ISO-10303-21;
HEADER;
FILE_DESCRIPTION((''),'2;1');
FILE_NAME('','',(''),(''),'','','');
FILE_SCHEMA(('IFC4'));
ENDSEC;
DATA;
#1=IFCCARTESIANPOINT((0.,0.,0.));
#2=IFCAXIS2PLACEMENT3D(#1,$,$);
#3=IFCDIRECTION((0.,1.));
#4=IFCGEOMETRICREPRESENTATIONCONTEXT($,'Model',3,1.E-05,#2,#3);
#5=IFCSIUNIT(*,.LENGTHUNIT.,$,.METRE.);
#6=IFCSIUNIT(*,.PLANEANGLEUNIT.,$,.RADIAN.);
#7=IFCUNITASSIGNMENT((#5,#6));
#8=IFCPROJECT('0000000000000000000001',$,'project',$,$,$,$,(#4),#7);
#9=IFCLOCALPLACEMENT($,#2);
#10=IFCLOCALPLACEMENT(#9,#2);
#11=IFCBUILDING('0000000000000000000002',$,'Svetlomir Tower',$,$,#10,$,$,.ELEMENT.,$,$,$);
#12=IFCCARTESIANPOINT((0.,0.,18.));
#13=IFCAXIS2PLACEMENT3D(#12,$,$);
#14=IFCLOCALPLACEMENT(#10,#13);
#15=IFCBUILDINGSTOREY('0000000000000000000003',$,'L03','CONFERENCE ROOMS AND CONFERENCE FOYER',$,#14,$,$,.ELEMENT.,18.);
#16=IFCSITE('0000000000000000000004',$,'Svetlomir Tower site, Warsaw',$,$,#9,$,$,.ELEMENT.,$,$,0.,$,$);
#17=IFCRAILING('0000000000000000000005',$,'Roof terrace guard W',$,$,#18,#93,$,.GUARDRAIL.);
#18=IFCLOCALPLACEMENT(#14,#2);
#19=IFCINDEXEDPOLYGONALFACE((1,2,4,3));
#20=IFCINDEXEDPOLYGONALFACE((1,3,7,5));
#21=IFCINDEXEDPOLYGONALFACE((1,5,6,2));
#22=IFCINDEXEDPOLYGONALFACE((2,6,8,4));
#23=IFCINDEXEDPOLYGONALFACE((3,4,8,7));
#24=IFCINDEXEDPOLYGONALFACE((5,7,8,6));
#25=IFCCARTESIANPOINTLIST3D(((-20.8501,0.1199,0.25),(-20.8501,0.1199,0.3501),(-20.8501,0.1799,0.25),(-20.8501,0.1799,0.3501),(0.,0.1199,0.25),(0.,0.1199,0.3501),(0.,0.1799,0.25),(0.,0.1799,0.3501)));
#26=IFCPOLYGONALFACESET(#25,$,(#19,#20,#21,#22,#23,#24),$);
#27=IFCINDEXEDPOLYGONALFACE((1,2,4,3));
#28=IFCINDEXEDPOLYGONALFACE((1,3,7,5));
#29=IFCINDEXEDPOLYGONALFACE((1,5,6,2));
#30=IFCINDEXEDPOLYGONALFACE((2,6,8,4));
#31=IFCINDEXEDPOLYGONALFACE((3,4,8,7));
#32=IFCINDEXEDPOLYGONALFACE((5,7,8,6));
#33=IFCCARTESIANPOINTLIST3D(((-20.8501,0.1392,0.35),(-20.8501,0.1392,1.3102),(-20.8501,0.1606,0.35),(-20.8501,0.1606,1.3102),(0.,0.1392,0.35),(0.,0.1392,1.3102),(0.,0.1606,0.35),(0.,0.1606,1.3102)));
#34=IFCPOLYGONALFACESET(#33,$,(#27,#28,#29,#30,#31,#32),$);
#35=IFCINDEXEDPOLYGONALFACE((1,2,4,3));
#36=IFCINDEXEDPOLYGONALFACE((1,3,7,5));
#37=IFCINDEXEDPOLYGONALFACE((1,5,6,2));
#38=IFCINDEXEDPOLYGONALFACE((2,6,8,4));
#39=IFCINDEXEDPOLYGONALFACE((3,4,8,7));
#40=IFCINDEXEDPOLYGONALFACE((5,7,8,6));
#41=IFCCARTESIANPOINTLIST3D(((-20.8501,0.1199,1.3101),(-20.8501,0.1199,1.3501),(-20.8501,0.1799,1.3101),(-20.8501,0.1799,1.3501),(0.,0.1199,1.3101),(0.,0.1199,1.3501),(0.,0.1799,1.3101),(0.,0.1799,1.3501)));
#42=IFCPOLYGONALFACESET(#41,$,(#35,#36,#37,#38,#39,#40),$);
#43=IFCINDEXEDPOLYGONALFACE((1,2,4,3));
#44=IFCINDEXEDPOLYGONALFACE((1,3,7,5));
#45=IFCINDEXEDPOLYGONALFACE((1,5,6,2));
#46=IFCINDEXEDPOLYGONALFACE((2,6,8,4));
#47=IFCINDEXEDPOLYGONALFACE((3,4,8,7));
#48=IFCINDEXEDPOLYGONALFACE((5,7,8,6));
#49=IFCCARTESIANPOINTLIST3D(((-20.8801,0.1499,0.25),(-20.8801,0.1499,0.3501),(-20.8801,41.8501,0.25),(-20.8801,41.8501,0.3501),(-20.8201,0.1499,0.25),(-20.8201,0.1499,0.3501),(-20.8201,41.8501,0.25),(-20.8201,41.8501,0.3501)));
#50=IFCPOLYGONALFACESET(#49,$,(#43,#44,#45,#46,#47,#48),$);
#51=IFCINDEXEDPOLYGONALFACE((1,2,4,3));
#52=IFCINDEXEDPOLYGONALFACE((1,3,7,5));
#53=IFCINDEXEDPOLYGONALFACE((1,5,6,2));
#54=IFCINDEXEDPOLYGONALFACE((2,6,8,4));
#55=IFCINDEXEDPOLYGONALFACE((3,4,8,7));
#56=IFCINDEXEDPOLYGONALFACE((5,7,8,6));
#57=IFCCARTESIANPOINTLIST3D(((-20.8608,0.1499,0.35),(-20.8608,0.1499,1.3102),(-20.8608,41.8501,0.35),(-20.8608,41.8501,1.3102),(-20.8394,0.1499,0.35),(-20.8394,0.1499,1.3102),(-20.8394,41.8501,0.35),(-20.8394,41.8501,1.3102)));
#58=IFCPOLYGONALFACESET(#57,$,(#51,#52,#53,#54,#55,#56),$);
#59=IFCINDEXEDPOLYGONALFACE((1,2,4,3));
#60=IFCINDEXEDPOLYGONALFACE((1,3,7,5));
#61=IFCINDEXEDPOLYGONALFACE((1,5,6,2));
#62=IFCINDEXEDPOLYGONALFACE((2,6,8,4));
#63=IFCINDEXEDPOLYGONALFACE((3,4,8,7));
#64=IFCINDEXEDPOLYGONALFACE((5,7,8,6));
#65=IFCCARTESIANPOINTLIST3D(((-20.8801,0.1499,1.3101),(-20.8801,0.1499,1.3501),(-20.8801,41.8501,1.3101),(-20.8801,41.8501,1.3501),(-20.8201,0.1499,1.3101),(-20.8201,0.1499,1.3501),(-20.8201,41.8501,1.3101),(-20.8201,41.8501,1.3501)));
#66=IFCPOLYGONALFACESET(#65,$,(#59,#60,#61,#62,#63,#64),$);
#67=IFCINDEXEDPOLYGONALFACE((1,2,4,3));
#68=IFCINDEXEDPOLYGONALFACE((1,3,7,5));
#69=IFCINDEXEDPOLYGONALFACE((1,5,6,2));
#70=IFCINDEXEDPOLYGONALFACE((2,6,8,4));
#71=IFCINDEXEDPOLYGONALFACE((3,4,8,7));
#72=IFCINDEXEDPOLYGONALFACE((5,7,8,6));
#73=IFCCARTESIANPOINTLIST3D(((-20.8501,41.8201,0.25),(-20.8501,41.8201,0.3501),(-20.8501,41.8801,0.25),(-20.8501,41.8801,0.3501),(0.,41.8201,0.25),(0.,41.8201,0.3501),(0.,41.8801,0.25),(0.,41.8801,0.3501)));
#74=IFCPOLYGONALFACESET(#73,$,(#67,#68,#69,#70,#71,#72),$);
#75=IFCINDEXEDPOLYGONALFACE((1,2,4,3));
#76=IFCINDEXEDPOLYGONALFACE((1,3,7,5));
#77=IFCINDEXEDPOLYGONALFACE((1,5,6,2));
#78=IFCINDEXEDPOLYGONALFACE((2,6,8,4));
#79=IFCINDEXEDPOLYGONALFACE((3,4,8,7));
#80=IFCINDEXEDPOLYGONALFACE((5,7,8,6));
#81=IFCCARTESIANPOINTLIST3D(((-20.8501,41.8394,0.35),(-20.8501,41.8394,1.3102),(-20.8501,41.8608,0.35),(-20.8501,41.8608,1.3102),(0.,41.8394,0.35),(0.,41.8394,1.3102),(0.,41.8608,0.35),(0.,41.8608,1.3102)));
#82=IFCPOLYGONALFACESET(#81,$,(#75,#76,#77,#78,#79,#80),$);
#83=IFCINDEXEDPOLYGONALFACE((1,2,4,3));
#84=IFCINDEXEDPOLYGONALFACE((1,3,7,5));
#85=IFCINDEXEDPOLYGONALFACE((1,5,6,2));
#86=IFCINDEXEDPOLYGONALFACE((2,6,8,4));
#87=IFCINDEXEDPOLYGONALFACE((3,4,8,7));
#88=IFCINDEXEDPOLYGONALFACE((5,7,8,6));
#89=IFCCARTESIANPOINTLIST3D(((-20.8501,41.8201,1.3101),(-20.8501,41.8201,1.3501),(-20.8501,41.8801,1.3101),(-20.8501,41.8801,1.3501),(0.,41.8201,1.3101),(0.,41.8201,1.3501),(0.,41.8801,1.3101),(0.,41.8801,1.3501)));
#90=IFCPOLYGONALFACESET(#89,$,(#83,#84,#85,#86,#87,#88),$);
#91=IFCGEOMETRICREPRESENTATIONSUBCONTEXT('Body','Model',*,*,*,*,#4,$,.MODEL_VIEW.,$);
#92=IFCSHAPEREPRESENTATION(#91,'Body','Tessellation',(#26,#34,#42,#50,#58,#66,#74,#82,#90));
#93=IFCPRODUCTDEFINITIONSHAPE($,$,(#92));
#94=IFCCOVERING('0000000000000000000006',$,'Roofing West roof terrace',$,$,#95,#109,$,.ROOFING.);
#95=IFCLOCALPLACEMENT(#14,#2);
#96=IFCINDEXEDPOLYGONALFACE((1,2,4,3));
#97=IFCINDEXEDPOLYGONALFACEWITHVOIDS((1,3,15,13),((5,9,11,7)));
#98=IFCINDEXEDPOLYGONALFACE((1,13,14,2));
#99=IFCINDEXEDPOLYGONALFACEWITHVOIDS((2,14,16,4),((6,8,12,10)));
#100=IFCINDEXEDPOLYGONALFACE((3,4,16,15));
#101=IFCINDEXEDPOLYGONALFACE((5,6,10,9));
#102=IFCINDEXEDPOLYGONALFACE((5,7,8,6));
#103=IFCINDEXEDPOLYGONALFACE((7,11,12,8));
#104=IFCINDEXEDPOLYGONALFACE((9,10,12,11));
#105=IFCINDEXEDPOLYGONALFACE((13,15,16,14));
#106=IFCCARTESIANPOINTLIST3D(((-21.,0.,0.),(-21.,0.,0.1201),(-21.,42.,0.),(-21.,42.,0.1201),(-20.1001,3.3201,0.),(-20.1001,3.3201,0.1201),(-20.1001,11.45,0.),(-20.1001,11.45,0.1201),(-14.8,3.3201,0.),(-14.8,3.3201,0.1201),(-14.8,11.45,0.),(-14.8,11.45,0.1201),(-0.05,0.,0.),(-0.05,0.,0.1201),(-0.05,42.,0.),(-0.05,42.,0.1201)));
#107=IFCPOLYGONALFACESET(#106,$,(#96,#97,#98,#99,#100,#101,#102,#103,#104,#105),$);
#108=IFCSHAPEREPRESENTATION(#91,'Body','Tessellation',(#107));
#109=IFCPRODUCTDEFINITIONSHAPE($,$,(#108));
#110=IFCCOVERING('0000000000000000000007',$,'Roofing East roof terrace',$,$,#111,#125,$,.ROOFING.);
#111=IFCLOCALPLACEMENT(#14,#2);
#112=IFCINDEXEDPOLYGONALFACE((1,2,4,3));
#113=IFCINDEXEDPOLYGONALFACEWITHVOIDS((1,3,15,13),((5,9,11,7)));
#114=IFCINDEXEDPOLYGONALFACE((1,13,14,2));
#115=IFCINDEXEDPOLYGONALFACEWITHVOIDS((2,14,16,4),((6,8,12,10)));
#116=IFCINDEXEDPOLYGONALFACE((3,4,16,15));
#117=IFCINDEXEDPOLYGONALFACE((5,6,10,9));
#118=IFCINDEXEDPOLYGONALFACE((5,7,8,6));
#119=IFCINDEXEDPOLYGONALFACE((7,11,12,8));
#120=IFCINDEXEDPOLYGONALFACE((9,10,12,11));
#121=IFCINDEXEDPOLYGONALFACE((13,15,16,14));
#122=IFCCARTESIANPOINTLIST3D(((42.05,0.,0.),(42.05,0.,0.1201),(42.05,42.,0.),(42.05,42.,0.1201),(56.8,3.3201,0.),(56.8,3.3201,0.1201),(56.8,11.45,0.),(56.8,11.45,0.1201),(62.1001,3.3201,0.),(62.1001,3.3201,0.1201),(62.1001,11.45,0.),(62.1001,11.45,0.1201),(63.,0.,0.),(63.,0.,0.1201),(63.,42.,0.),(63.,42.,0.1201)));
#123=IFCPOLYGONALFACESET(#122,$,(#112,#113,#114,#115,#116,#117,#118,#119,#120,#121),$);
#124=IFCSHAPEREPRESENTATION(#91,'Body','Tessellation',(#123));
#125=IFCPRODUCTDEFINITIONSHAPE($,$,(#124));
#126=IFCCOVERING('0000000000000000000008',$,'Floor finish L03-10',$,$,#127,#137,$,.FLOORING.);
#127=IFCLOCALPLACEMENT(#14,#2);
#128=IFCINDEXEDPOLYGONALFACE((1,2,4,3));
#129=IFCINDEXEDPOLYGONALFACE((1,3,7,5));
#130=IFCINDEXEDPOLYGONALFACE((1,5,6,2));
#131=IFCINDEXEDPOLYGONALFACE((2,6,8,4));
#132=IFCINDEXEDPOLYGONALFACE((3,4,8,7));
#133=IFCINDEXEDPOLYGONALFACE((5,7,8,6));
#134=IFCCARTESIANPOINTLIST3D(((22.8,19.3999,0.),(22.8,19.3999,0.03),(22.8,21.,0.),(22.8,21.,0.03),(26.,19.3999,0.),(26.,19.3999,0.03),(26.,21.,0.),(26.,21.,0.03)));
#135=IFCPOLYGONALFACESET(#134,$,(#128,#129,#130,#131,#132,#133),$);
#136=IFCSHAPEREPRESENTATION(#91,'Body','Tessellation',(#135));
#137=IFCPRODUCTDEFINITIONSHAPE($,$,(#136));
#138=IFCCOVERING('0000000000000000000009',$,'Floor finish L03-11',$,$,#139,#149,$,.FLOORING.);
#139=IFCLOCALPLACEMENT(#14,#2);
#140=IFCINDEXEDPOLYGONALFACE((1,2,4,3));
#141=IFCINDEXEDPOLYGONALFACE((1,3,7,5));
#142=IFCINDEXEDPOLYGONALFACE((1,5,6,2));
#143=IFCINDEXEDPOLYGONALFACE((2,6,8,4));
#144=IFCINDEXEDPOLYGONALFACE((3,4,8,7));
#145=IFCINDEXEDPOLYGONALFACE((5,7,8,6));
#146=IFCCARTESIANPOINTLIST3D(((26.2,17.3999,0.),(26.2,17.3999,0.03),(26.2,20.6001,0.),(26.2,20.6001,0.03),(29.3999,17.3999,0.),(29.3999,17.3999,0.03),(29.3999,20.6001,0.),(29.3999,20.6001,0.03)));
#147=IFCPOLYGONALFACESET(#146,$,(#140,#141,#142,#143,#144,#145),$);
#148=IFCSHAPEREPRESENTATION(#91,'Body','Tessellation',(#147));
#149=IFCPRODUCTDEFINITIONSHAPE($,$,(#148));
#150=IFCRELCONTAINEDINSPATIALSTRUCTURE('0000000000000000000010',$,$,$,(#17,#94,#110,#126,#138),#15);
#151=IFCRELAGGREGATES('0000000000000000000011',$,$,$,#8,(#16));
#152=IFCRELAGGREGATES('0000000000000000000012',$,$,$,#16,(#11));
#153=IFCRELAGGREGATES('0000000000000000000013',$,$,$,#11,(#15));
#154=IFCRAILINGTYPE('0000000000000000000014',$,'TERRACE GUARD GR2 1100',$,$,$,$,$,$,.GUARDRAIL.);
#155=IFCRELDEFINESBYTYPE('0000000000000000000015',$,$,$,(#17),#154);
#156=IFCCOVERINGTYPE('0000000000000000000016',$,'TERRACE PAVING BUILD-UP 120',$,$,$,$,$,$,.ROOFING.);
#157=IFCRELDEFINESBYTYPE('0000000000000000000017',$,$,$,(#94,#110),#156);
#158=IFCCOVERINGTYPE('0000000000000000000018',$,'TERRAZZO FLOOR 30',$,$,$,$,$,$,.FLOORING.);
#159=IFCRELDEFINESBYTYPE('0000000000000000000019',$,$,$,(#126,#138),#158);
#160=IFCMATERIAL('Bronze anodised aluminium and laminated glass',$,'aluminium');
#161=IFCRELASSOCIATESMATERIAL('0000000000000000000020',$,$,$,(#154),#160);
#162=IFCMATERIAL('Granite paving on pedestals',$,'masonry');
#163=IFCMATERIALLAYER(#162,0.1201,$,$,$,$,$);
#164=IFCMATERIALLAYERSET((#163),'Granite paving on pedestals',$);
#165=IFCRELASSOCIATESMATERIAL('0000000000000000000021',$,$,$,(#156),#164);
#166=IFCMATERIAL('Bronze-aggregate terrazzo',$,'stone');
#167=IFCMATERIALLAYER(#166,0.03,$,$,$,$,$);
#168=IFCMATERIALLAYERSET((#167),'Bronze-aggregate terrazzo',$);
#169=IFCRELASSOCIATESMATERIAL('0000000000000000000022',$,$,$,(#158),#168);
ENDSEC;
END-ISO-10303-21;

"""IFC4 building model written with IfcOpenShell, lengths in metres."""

from ifc_helpers import new_model, si_unit, direction, frame, origin, origin_2d, place, context, subcontext, project, spatial, polyline, rectangle, outline, extrude, material, layer, layer_set, type_object, element, save


model = new_model("IFC4")

# Units and contexts
model_context = context("Model", 3, precision=1e-05, world=origin(), true_north=direction((0.0, 1.0)))
body_context = subcontext(model_context, "Body", "Model", "MODEL_VIEW")
ifc_project = project(units=[si_unit("LENGTHUNIT", "METRE"), si_unit("PLANEANGLEUNIT", "RADIAN")], contexts=[model_context])

# Site, building, storey
site_placement = place(None, origin())
site = spatial("IfcSite", under=ifc_project, at=site_placement, Name="Svetlomir Tower site, Warsaw", CompositionType="ELEMENT", RefElevation=0.0)
building_placement = place(site_placement, origin())
building = spatial("IfcBuilding", under=site, at=building_placement, Name="Svetlomir Tower", CompositionType="ELEMENT")
storey_placement = place(building_placement, frame((0.0, 0.0, 18.0)))
storey = spatial("IfcBuildingStorey", under=building, at=storey_placement, Name="L03", Description="CONFERENCE ROOMS AND CONFERENCE FOYER", CompositionType="ELEMENT", Elevation=18.0)

# Railing
ifc_material_1 = material(Name="Bronze anodised aluminium and laminated glass", Category="aluminium")
railing_type = type_object("IfcRailingType", Name="TERRACE GUARD GR2 1100", PredefinedType="GUARDRAIL", material=ifc_material_1)
railing_placement = place(storey_placement, frame((0.0, 0.1499, 0.25)))
element("IfcRailing", 1, at=railing_placement, inside=storey, type_object=railing_type, Name="Roof terrace guard W", PredefinedType="GUARDRAIL", context=body_context, shape_type="SweptSolid", body=[
    extrude(rectangle(XDim=0.0601, YDim=0.1001, at=origin_2d()), frame((0.0, 0.0, 0.05), z_axis=(-1.0, 0.0, 0.0), x_axis=(0.0, -1.0, 0.0)), (0.0, 0.0, 1.0), 20.8501),
    extrude(rectangle(XDim=0.0215, YDim=0.9602, at=origin_2d()), frame((0.0, 0.0, 0.5801), z_axis=(-1.0, 0.0, 0.0), x_axis=(0.0, -1.0, 0.0)), (0.0, 0.0, 1.0), 20.8501),
    extrude(rectangle(XDim=0.0601, YDim=0.04, at=origin_2d()), frame((0.0, 0.0, 1.0801), z_axis=(-1.0, 0.0, 0.0), x_axis=(0.0, -1.0, 0.0)), (0.0, 0.0, 1.0), 20.8501),
    extrude(rectangle(XDim=0.0601, YDim=0.1001, at=origin_2d()), frame((-20.8501, 0.0, 0.05), z_axis=(0.0, 1.0, 0.0), x_axis=(-1.0, 0.0, 0.0)), (0.0, 0.0, 1.0), 41.7002),
    extrude(rectangle(XDim=0.0215, YDim=0.9602, at=origin_2d()), frame((-20.8501, 0.0, 0.5801), z_axis=(0.0, 1.0, 0.0), x_axis=(-1.0, 0.0, 0.0)), (0.0, 0.0, 1.0), 41.7002),
    extrude(rectangle(XDim=0.0601, YDim=0.04, at=origin_2d()), frame((-20.8501, 0.0, 1.0801), z_axis=(0.0, 1.0, 0.0), x_axis=(-1.0, 0.0, 0.0)), (0.0, 0.0, 1.0), 41.7002),
    extrude(rectangle(XDim=0.0601, YDim=0.1001, at=origin_2d()), frame((-20.8501, 41.7002, 0.05), z_axis=(1.0, 0.0, 0.0), x_axis=(0.0, 1.0, 0.0)), (0.0, 0.0, 1.0), 20.8501),
    extrude(rectangle(XDim=0.0215, YDim=0.9602, at=origin_2d()), frame((-20.8501, 41.7002, 0.5801), z_axis=(1.0, 0.0, 0.0), x_axis=(0.0, 1.0, 0.0)), (0.0, 0.0, 1.0), 20.8501),
    extrude(rectangle(XDim=0.0601, YDim=0.04, at=origin_2d()), frame((-20.8501, 41.7002, 1.0801), z_axis=(1.0, 0.0, 0.0), x_axis=(0.0, 1.0, 0.0)), (0.0, 0.0, 1.0), 20.8501),
])

# Coverings
ifc_material_2 = material(Name="Granite paving on pedestals", Category="masonry")
ifc_layer_1 = layer(ifc_material_2, 0.1201)
ifc_layer_set_1 = layer_set([ifc_layer_1], Name="Granite paving on pedestals")
covering_type_1 = type_object("IfcCoveringType", Name="TERRACE PAVING BUILD-UP 120", PredefinedType="ROOFING", material=ifc_layer_set_1)
covering_1_placement = place(storey_placement, origin())
element("IfcCovering", 2, at=covering_1_placement, inside=storey, type_object=covering_type_1, Name="Roofing West roof terrace", PredefinedType="ROOFING", context=body_context, shape_type="SweptSolid", body=[
    extrude(outline(polyline([(-21.0, 0.0), (-0.05, 0.0), (-0.05, 42.0), (-21.0, 42.0), (-21.0, 0.0)]), holes=[polyline([(-20.1001, 3.3201), (-14.8, 3.3201), (-14.8, 11.45), (-20.1001, 11.45), (-20.1001, 3.3201)])]), origin(), (0.0, 0.0, 1.0), 0.1201),
])
covering_2_placement = place(storey_placement, origin())
element("IfcCovering", 3, at=covering_2_placement, inside=storey, type_object=covering_type_1, Name="Roofing East roof terrace", PredefinedType="ROOFING", context=body_context, shape_type="SweptSolid", body=[
    extrude(outline(polyline([(42.05, 0.0), (63.0, 0.0), (63.0, 42.0), (42.05, 42.0), (42.05, 0.0)]), holes=[polyline([(56.8, 3.3201), (62.1001, 3.3201), (62.1001, 11.45), (56.8, 11.45), (56.8, 3.3201)])]), origin(), (0.0, 0.0, 1.0), 0.1201),
])
ifc_material_3 = material(Name="Bronze-aggregate terrazzo", Category="stone")
ifc_layer_2 = layer(ifc_material_3, 0.03)
ifc_layer_set_2 = layer_set([ifc_layer_2], Name="Bronze-aggregate terrazzo")
covering_type_2 = type_object("IfcCoveringType", Name="TERRAZZO FLOOR 30", PredefinedType="FLOORING", material=ifc_layer_set_2)
covering_3_placement = place(storey_placement, origin())
element("IfcCovering", 4, at=covering_3_placement, inside=storey, type_object=covering_type_2, Name="Floor finish L03-10", PredefinedType="FLOORING", context=body_context, shape_type="SweptSolid", body=[
    extrude(outline(polyline([(22.8, 19.3999), (26.0, 19.3999), (26.0, 21.0), (22.8, 21.0), (22.8, 19.3999)])), origin(), (0.0, 0.0, 1.0), 0.03),
])
covering_4_placement = place(storey_placement, origin())
element("IfcCovering", 5, at=covering_4_placement, inside=storey, type_object=covering_type_2, Name="Floor finish L03-11", PredefinedType="FLOORING", context=body_context, shape_type="SweptSolid", body=[
    extrude(outline(polyline([(26.2, 17.3999), (29.3999, 17.3999), (29.3999, 20.6001), (26.2, 20.6001), (26.2, 17.3999)])), origin(), (0.0, 0.0, 1.0), 0.03),
])

save(model, "model.ifc")
